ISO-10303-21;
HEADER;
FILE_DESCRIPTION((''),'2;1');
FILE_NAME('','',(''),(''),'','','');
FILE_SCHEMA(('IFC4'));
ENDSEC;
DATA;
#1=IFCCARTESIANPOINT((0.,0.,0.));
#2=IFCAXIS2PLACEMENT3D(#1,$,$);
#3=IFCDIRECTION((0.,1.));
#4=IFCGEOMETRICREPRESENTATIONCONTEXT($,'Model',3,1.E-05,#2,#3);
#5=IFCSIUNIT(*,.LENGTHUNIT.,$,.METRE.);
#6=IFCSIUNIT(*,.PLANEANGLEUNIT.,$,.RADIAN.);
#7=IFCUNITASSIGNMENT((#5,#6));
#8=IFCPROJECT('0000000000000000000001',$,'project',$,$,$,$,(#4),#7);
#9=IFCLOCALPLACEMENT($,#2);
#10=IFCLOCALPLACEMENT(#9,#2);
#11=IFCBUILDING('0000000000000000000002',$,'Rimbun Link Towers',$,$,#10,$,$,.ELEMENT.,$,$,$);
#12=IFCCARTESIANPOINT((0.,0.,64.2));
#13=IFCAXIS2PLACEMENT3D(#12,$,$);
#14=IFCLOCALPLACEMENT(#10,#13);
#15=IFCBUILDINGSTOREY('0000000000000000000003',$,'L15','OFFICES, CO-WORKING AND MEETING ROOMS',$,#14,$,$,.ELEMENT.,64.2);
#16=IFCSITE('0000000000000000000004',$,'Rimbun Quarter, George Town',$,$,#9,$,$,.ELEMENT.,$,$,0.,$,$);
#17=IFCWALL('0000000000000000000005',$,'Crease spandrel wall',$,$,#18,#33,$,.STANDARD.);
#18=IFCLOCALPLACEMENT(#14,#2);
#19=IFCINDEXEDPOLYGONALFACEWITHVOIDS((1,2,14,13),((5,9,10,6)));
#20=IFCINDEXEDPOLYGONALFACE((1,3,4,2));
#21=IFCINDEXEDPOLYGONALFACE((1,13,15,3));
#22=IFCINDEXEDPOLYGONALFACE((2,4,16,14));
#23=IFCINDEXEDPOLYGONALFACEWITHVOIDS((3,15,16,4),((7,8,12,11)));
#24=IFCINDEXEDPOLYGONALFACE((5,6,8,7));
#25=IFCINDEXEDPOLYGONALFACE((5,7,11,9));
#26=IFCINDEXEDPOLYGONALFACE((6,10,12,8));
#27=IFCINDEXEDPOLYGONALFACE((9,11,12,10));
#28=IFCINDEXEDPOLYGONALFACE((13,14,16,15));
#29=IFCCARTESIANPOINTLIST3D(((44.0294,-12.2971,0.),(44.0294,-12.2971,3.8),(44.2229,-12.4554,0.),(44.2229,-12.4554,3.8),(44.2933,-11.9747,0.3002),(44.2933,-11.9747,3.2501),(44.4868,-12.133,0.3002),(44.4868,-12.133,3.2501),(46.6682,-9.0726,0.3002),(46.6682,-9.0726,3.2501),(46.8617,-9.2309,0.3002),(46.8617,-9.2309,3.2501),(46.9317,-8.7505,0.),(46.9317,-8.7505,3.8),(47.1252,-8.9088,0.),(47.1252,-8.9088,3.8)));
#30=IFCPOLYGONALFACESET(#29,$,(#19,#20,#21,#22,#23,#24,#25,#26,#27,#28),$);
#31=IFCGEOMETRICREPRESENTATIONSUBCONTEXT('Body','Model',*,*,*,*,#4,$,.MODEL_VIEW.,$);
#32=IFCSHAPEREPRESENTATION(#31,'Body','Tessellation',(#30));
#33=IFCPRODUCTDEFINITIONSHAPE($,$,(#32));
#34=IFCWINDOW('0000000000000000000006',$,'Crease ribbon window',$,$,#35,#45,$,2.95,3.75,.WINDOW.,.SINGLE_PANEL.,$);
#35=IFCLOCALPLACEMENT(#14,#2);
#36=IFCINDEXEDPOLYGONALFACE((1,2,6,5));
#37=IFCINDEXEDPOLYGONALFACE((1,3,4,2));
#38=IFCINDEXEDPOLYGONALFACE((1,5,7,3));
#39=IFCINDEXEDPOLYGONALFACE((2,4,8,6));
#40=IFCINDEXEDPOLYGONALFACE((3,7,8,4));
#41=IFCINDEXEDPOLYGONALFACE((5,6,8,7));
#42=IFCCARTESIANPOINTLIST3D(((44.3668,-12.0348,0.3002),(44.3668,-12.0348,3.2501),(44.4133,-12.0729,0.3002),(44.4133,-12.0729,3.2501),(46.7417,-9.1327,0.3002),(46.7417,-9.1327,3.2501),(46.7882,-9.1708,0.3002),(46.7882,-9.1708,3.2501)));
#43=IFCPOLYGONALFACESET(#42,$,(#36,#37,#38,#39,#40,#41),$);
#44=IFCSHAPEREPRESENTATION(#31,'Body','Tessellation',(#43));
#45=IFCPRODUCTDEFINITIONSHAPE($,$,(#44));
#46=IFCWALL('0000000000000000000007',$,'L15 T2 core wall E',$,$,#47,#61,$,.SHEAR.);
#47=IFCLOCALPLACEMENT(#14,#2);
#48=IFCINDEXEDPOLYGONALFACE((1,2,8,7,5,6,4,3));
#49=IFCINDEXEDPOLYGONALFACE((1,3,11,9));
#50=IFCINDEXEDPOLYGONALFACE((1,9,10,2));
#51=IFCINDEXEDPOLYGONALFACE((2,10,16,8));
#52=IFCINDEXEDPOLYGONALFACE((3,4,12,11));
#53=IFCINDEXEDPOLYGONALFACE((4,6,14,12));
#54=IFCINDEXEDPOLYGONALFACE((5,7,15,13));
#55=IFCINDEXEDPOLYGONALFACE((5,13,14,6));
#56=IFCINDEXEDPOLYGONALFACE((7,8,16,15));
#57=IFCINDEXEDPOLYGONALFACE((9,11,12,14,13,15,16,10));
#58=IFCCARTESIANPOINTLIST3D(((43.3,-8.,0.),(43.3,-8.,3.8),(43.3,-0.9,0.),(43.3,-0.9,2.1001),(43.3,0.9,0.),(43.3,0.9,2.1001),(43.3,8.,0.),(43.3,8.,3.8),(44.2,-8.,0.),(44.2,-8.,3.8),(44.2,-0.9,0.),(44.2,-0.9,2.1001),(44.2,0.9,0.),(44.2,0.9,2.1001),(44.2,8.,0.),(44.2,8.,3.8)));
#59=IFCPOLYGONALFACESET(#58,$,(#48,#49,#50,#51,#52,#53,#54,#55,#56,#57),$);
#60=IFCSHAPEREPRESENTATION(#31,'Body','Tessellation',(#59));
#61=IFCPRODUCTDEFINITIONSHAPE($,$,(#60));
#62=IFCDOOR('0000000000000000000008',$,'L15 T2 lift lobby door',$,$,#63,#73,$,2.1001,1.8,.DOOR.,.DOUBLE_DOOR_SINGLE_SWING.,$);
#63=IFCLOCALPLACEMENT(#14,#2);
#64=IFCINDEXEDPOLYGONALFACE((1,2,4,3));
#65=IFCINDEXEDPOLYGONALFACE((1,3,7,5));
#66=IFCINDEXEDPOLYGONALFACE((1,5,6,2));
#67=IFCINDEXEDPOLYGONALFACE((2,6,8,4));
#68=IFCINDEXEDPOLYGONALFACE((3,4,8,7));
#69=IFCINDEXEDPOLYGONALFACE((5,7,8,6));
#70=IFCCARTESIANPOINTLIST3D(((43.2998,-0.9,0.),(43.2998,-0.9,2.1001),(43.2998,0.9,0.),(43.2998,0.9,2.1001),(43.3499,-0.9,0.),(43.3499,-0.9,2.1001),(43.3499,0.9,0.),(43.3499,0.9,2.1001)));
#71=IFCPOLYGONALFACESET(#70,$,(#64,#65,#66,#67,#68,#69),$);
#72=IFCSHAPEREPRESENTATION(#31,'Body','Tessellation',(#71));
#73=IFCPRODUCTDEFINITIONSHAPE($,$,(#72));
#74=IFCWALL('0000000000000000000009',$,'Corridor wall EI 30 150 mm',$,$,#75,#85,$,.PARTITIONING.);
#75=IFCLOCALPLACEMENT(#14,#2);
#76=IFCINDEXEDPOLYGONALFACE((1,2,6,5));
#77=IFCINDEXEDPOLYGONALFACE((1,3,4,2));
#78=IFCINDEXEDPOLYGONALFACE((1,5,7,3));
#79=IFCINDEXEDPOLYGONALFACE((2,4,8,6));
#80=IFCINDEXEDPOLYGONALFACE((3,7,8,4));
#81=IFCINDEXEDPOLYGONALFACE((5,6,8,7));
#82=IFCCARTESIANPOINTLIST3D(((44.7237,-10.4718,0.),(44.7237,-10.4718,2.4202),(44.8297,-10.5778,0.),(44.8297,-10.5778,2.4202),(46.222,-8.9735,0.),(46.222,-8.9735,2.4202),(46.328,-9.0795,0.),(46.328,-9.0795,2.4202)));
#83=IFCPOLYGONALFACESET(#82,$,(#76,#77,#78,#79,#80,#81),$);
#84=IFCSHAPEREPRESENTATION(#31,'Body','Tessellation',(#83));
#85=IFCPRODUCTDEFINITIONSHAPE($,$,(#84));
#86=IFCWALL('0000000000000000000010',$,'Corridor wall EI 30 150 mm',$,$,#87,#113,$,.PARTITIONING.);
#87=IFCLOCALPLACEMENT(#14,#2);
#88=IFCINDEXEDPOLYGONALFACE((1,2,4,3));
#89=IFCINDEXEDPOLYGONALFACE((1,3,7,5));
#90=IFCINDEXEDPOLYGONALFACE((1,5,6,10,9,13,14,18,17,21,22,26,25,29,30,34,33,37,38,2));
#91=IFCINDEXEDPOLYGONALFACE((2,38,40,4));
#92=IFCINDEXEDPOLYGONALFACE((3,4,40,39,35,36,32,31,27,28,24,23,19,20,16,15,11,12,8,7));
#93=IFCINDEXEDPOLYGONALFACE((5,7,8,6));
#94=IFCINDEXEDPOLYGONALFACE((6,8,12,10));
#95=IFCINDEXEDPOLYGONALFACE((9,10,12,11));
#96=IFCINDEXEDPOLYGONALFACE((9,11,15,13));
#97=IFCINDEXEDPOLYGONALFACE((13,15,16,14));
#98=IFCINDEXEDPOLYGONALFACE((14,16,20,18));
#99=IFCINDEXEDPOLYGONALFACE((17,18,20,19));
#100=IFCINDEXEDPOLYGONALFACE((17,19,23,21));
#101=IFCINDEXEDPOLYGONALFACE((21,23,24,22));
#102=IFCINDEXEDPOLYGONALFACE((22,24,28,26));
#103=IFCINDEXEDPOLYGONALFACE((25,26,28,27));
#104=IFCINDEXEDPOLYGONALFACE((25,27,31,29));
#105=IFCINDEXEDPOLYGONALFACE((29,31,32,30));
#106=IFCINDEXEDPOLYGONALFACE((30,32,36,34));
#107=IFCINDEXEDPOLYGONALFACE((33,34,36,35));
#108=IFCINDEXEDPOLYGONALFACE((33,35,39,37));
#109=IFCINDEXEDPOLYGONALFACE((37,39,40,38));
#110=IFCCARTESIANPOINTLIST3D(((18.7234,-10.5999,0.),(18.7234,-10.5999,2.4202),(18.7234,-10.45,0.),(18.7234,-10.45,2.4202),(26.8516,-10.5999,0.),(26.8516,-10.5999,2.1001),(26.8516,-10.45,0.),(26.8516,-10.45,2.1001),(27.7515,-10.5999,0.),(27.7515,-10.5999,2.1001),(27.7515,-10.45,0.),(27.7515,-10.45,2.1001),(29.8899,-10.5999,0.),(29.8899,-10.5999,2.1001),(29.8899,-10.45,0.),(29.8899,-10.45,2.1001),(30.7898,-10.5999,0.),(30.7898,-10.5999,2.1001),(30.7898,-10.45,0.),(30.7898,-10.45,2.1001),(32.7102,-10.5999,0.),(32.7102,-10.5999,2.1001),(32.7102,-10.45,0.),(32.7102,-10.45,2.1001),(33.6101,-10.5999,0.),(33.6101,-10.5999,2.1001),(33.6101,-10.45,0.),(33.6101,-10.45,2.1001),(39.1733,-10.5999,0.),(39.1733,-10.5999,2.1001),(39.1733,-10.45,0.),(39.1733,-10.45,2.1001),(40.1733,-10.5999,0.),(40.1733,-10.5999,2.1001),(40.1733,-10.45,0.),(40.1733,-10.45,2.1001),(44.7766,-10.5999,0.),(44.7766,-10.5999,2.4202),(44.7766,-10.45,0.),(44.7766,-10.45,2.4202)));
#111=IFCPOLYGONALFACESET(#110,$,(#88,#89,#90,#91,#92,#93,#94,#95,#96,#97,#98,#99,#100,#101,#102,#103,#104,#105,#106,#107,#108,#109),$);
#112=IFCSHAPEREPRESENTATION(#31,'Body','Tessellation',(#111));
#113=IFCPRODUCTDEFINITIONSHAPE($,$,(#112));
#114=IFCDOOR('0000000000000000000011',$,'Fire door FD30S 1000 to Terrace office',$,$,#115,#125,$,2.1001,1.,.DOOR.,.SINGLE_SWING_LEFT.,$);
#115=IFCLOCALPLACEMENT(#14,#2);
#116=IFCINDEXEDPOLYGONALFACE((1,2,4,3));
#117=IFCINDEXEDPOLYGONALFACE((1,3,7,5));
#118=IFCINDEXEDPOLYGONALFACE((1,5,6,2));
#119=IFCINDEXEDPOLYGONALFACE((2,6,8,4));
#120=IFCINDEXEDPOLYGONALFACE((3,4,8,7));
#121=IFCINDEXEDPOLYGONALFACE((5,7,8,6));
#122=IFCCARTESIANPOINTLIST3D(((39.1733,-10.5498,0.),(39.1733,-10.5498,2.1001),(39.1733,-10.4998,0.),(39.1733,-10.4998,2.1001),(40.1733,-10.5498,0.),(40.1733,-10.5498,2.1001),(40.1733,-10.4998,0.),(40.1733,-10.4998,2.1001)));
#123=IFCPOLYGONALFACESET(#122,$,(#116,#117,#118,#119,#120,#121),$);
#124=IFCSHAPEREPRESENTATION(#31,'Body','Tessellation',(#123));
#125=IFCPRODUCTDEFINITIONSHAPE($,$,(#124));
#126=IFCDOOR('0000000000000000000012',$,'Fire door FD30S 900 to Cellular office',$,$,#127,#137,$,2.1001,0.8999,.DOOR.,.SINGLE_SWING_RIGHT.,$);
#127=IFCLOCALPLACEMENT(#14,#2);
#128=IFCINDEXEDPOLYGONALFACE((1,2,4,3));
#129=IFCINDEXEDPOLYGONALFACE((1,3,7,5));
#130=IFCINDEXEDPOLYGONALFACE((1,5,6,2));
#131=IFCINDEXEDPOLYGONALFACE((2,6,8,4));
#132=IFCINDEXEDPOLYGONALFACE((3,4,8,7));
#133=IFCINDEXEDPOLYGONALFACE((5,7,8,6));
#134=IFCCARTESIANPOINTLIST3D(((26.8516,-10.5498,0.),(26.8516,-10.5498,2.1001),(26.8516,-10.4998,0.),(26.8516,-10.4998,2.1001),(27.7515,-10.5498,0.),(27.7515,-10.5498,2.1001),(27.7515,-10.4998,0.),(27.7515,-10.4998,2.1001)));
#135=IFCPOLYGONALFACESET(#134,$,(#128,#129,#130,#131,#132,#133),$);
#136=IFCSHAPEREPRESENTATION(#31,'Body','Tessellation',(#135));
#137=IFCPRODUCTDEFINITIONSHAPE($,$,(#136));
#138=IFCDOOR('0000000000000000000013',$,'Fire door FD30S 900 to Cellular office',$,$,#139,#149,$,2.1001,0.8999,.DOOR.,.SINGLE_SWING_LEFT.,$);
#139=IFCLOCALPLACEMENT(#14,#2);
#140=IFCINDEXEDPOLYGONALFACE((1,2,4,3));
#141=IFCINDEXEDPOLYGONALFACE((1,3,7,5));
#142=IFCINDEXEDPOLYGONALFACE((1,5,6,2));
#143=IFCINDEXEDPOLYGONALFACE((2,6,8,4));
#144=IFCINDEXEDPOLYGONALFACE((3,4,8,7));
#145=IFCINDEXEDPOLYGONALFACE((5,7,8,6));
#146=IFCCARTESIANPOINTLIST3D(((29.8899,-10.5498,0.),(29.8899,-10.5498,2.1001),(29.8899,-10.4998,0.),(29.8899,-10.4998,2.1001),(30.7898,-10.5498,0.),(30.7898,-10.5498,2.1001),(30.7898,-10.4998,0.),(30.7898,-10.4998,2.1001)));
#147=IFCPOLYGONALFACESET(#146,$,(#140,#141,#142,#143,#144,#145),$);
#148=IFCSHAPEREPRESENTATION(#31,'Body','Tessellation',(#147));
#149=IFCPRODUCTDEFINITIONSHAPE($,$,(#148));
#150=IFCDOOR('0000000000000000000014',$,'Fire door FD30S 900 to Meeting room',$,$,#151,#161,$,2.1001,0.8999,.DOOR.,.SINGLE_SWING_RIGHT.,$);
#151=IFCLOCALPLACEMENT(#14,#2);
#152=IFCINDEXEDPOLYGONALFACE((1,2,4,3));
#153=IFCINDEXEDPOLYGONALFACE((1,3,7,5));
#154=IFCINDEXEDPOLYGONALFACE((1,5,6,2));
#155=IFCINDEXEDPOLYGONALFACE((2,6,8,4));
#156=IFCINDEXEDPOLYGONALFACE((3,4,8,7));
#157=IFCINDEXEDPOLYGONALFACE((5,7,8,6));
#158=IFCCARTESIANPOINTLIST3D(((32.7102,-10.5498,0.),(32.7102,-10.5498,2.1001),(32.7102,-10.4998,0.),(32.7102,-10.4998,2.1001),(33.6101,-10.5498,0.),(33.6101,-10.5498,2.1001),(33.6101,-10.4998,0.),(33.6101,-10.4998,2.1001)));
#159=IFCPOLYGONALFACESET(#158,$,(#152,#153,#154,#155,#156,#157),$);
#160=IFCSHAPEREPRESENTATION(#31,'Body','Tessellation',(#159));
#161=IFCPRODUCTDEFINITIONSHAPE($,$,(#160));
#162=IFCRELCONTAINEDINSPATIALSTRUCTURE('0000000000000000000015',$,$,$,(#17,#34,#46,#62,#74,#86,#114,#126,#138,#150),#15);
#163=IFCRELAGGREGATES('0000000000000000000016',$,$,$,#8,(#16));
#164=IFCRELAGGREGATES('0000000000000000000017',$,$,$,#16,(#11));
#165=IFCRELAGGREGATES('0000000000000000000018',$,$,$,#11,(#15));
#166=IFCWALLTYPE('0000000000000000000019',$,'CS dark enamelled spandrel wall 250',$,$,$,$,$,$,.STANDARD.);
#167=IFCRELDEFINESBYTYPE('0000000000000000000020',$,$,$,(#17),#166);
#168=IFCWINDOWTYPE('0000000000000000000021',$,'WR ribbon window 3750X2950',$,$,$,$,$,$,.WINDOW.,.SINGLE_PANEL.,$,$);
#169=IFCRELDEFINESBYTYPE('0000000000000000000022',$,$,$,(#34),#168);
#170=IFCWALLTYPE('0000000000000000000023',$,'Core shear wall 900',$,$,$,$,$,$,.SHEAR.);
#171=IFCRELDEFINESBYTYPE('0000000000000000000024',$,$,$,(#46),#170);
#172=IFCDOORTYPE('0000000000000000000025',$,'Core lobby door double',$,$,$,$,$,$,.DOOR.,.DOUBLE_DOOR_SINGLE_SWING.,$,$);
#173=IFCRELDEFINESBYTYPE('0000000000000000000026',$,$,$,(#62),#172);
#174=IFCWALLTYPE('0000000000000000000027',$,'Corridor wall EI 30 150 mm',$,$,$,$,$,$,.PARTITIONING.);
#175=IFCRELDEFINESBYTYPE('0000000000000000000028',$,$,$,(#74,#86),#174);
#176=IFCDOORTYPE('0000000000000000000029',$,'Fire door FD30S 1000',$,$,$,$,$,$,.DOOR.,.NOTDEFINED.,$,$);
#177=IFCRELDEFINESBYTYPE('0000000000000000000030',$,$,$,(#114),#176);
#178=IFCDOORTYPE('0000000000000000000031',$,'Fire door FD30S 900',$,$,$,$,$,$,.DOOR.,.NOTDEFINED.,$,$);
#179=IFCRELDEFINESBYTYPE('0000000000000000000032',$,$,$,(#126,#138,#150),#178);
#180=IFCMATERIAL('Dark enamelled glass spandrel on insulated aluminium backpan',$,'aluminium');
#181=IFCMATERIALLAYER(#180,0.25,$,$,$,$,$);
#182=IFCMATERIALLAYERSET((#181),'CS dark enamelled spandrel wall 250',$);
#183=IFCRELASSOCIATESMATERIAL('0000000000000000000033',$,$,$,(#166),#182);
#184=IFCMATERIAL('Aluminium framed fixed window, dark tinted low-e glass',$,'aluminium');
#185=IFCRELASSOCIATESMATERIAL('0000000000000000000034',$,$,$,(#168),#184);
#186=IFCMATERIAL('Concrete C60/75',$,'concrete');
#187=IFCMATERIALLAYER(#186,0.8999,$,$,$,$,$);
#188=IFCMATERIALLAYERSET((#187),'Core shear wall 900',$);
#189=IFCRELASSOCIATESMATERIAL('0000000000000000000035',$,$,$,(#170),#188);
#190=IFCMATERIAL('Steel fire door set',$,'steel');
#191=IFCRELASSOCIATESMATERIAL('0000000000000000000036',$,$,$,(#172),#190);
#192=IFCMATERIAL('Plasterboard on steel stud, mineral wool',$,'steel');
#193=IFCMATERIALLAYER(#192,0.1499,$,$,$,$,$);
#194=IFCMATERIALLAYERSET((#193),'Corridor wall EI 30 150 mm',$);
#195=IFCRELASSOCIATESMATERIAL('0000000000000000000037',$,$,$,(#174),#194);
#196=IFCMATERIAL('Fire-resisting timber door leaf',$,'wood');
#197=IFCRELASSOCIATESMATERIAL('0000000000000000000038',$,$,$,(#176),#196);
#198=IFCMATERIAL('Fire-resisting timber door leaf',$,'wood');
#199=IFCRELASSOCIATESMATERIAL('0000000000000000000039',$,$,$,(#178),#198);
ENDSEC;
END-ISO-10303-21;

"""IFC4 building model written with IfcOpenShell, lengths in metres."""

from ifc_helpers import new_model, si_unit, direction, frame, frame_2d, origin, place, context, subcontext, project, spatial, rectangle, extrude, material, layer, layer_set, type_object, element, fill, save


model = new_model("IFC4")

# Units and contexts
model_context = context("Model", 3, precision=1e-05, world=origin(), true_north=direction((0.0, 1.0)))
body_context = subcontext(model_context, "Body", "Model", "MODEL_VIEW")
ifc_project = project(units=[si_unit("LENGTHUNIT", "METRE"), si_unit("PLANEANGLEUNIT", "RADIAN")], contexts=[model_context])

# Site, building, storey
site_placement = place(None, origin())
site = spatial("IfcSite", under=ifc_project, at=site_placement, Name="Rimbun Quarter, George Town", CompositionType="ELEMENT", RefElevation=0.0)
building_placement = place(site_placement, origin())
building = spatial("IfcBuilding", under=site, at=building_placement, Name="Rimbun Link Towers", CompositionType="ELEMENT")
storey_placement = place(building_placement, frame((0.0, 0.0, 64.2)))
storey = spatial("IfcBuildingStorey", under=building, at=storey_placement, Name="L15", Description="OFFICES, CO-WORKING AND MEETING ROOMS", CompositionType="ELEMENT", Elevation=64.2)

# Shared definitions
ifc_material_1 = material(Name="Dark enamelled glass spandrel on insulated aluminium backpan", Category="aluminium")
ifc_layer_1 = layer(ifc_material_1, 0.25)
ifc_layer_set_1 = layer_set([ifc_layer_1], Name="CS dark enamelled spandrel wall 250")
wall_type_1 = type_object("IfcWallType", Name="CS dark enamelled spandrel wall 250", PredefinedType="STANDARD", material=ifc_layer_set_1)

# Wall, opening, window
ifc_material_2 = material(Name="Aluminium framed fixed window, dark tinted low-e glass", Category="aluminium")
window_type_1 = type_object("IfcWindowType", Name="WR ribbon window 3750X2950", PartitioningType="SINGLE_PANEL", PredefinedType="WINDOW", material=ifc_material_2)
wall_1_placement = place(storey_placement, frame((47.0286, -8.8296, 0.0), z_axis=(0.0, 0.0, 1.0), x_axis=(-0.63331, -0.773898, 0.0)))
wall_1 = element("IfcWall", 1, at=wall_1_placement, inside=storey, type_object=wall_type_1, Name="Crease spandrel wall", PredefinedType="STANDARD", context=body_context, shape_type="SweptSolid", body=[
    extrude(rectangle(XDim=4.5828, YDim=0.25, at=frame_2d((2.2915, 0.0))), origin(), (0.0, 0.0, 1.0), 3.8),
])
opening_1_placement = place(wall_1_placement, frame((0.4163, 0.0, 0.3)))
opening_1 = element("IfcOpeningElement", 2, at=opening_1_placement, cuts=wall_1, PredefinedType="OPENING", context=body_context, shape_type="SweptSolid", body=[
    extrude(rectangle(XDim=3.75, YDim=2.95, at=frame_2d((1.875, 1.4751))), frame((0.0, 0.135, 0.0), z_axis=(0.0, -1.0, 0.0), x_axis=(1.0, 0.0, 0.0)), (0.0, 0.0, 1.0), 0.27),
])
window_1_placement = place(opening_1_placement, origin())
window_1 = element("IfcWindow", 3, at=window_1_placement, inside=storey, type_object=window_type_1, Name="Crease ribbon window", OverallHeight=2.95, OverallWidth=3.75, PartitioningType="SINGLE_PANEL", PredefinedType="WINDOW", context=body_context, shape_type="SweptSolid", body=[
    extrude(rectangle(XDim=3.75, YDim=2.95, at=frame_2d((1.875, 1.4751))), frame((0.0, 0.03, 0.0), z_axis=(0.0, -1.0, 0.0), x_axis=(1.0, 0.0, 0.0)), (0.0, 0.0, 1.0), 0.0601),
])
fill(opening_1, window_1)

# Wall, opening, door
ifc_material_3 = material(Name="Concrete C60/75", Category="concrete")
ifc_layer_2 = layer(ifc_material_3, 0.8999)
ifc_layer_set_2 = layer_set([ifc_layer_2], Name="Core shear wall 900")
wall_type_2 = type_object("IfcWallType", Name="Core shear wall 900", PredefinedType="SHEAR", material=ifc_layer_set_2)
wall_2_placement = place(storey_placement, frame((43.75, -8.0, 0.0), z_axis=(0.0, 0.0, 1.0), x_axis=(0.0, 1.0, 0.0)))
wall_2 = element("IfcWall", 4, at=wall_2_placement, inside=storey, type_object=wall_type_2, Name="L15 T2 core wall E", PredefinedType="SHEAR", context=body_context, shape_type="SweptSolid", body=[
    extrude(rectangle(XDim=16.0, YDim=0.8999, at=frame_2d((8.0, 0.0))), origin(), (0.0, 0.0, 1.0), 3.8),
])
opening_2_placement = place(wall_2_placement, frame((7.1001, 0.0, 0.0)))
opening_2 = element("IfcOpeningElement", 5, at=opening_2_placement, cuts=wall_2, PredefinedType="OPENING", context=body_context, shape_type="SweptSolid", body=[
    extrude(rectangle(XDim=1.8, YDim=2.1001, at=frame_2d((0.8999, 1.05))), frame((0.0, 0.46, 0.0), z_axis=(0.0, -1.0, 0.0), x_axis=(1.0, 0.0, 0.0)), (0.0, 0.0, 1.0), 0.9199),
])
ifc_material_4 = material(Name="Steel fire door set", Category="steel")
door_type_1 = type_object("IfcDoorType", Name="Core lobby door double", OperationType="DOUBLE_DOOR_SINGLE_SWING", PredefinedType="DOOR", material=ifc_material_4)
door_1_placement = place(opening_2_placement, origin())
door_1 = element("IfcDoor", 6, at=door_1_placement, inside=storey, type_object=door_type_1, Name="L15 T2 lift lobby door", OperationType="DOUBLE_DOOR_SINGLE_SWING", OverallHeight=2.1001, OverallWidth=1.8, PredefinedType="DOOR", context=body_context, shape_type="SweptSolid", body=[
    extrude(rectangle(XDim=1.8, YDim=2.1001, at=frame_2d((0.8999, 1.05))), frame((0.0, 0.4502, 0.0), z_axis=(0.0, -1.0, 0.0), x_axis=(1.0, 0.0, 0.0)), (0.0, 0.0, 1.0), 0.05),
])
fill(opening_2, door_1)

# Wall
ifc_material_5 = material(Name="Plasterboard on steel stud, mineral wool", Category="steel")
ifc_layer_3 = layer(ifc_material_5, 0.1499)
ifc_layer_set_3 = layer_set([ifc_layer_3], Name="Corridor wall EI 30 150 mm")
wall_type_3 = type_object("IfcWallType", Name="Corridor wall EI 30 150 mm", PredefinedType="PARTITIONING", material=ifc_layer_set_3)
wall_3_placement = place(storey_placement, frame((44.7766, -10.5249, 0.0), z_axis=(0.0, 0.0, 1.0), x_axis=(0.707107, 0.707107, 0.0)))
element("IfcWall", 7, at=wall_3_placement, inside=storey, type_object=wall_type_3, Name="Corridor wall EI 30 150 mm", PredefinedType="PARTITIONING", context=body_context, shape_type="SweptSolid", body=[
    extrude(rectangle(XDim=2.1189, YDim=0.1499, at=frame_2d((1.0596, 0.0))), origin(), (0.0, 0.0, 1.0), 2.4202),
])

# Wall, openings, doors
wall_4_placement = place(storey_placement, frame((44.7766, -10.5249, 0.0), z_axis=(0.0, 0.0, 1.0), x_axis=(-1.0, 0.0, 0.0)))
wall_4 = element("IfcWall", 8, at=wall_4_placement, inside=storey, type_object=wall_type_3, Name="Corridor wall EI 30 150 mm", PredefinedType="PARTITIONING", context=body_context, shape_type="SweptSolid", body=[
    extrude(rectangle(XDim=26.0532, YDim=0.1499, at=frame_2d((13.0266, 0.0))), origin(), (0.0, 0.0, 1.0), 2.4202),
])
opening_3_placement = place(wall_4_placement, frame((17.0251, 0.0, 0.0)))
opening_3 = element("IfcOpeningElement", 9, at=opening_3_placement, cuts=wall_4, PredefinedType="OPENING", context=body_context, shape_type="SweptSolid", body=[
    extrude(rectangle(XDim=0.8999, YDim=2.1001, at=frame_2d((0.45, 1.05))), frame((0.0, 0.085, 0.0), z_axis=(0.0, -1.0, 0.0), x_axis=(1.0, 0.0, 0.0)), (0.0, 0.0, 1.0), 0.1699),
])
opening_4_placement = place(wall_4_placement, frame((13.9868, 0.0, 0.0)))
opening_4 = element("IfcOpeningElement", 10, at=opening_4_placement, cuts=wall_4, PredefinedType="OPENING", context=body_context, shape_type="SweptSolid", body=[
    extrude(rectangle(XDim=0.8999, YDim=2.1001, at=frame_2d((0.45, 1.05))), frame((0.0, 0.085, 0.0), z_axis=(0.0, -1.0, 0.0), x_axis=(1.0, 0.0, 0.0)), (0.0, 0.0, 1.0), 0.1699),
])
opening_5_placement = place(wall_4_placement, frame((11.1665, 0.0, 0.0)))
opening_5 = element("IfcOpeningElement", 11, at=opening_5_placement, cuts=wall_4, PredefinedType="OPENING", context=body_context, shape_type="SweptSolid", body=[
    extrude(rectangle(XDim=0.8999, YDim=2.1001, at=frame_2d((0.45, 1.05))), frame((0.0, 0.085, 0.0), z_axis=(0.0, -1.0, 0.0), x_axis=(1.0, 0.0, 0.0)), (0.0, 0.0, 1.0), 0.1699),
])
opening_6_placement = place(wall_4_placement, frame((4.6033, 0.0, 0.0)))
opening_6 = element("IfcOpeningElement", 12, at=opening_6_placement, cuts=wall_4, PredefinedType="OPENING", context=body_context, shape_type="SweptSolid", body=[
    extrude(rectangle(XDim=1.0, YDim=2.1001, at=frame_2d((0.5, 1.05))), frame((0.0, 0.085, 0.0), z_axis=(0.0, -1.0, 0.0), x_axis=(1.0, 0.0, 0.0)), (0.0, 0.0, 1.0), 0.1699),
])
ifc_material_6 = material(Name="Fire-resisting timber door leaf", Category="wood")
door_type_2 = type_object("IfcDoorType", Name="Fire door FD30S 1000", OperationType="NOTDEFINED", PredefinedType="DOOR", material=ifc_material_6)
door_2_placement = place(opening_6_placement, origin())
door_2 = element("IfcDoor", 13, at=door_2_placement, inside=storey, type_object=door_type_2, Name="Fire door FD30S 1000 to Terrace office", OperationType="SINGLE_SWING_LEFT", OverallHeight=2.1001, OverallWidth=1.0, PredefinedType="DOOR", context=body_context, shape_type="SweptSolid", body=[
    extrude(rectangle(XDim=1.0, YDim=2.1001, at=frame_2d((0.5, 1.05))), frame((0.0, 0.0249, 0.0), z_axis=(0.0, -1.0, 0.0), x_axis=(1.0, 0.0, 0.0)), (0.0, 0.0, 1.0), 0.05),
])
fill(opening_6, door_2)
ifc_material_7 = material(Name="Fire-resisting timber door leaf", Category="wood")
door_type_3 = type_object("IfcDoorType", Name="Fire door FD30S 900", OperationType="NOTDEFINED", PredefinedType="DOOR", material=ifc_material_7)
door_3_placement = place(opening_3_placement, origin())
door_3 = element("IfcDoor", 14, at=door_3_placement, inside=storey, type_object=door_type_3, Name="Fire door FD30S 900 to Cellular office", OperationType="SINGLE_SWING_RIGHT", OverallHeight=2.1001, OverallWidth=0.8999, PredefinedType="DOOR", context=body_context, shape_type="SweptSolid", body=[
    extrude(rectangle(XDim=0.8999, YDim=2.1001, at=frame_2d((0.45, 1.05))), frame((0.0, 0.0249, 0.0), z_axis=(0.0, -1.0, 0.0), x_axis=(1.0, 0.0, 0.0)), (0.0, 0.0, 1.0), 0.05),
])
fill(opening_3, door_3)
door_4_placement = place(opening_4_placement, origin())
door_4 = element("IfcDoor", 15, at=door_4_placement, inside=storey, type_object=door_type_3, Name="Fire door FD30S 900 to Cellular office", OperationType="SINGLE_SWING_LEFT", OverallHeight=2.1001, OverallWidth=0.8999, PredefinedType="DOOR", context=body_context, shape_type="SweptSolid", body=[
    extrude(rectangle(XDim=0.8999, YDim=2.1001, at=frame_2d((0.45, 1.05))), frame((0.0, 0.0249, 0.0), z_axis=(0.0, -1.0, 0.0), x_axis=(1.0, 0.0, 0.0)), (0.0, 0.0, 1.0), 0.05),
])
fill(opening_4, door_4)
door_5_placement = place(opening_5_placement, origin())
door_5 = element("IfcDoor", 16, at=door_5_placement, inside=storey, type_object=door_type_3, Name="Fire door FD30S 900 to Meeting room", OperationType="SINGLE_SWING_RIGHT", OverallHeight=2.1001, OverallWidth=0.8999, PredefinedType="DOOR", context=body_context, shape_type="SweptSolid", body=[
    extrude(rectangle(XDim=0.8999, YDim=2.1001, at=frame_2d((0.45, 1.05))), frame((0.0, 0.0249, 0.0), z_axis=(0.0, -1.0, 0.0), x_axis=(1.0, 0.0, 0.0)), (0.0, 0.0, 1.0), 0.05),
])
fill(opening_5, door_5)

save(model, "model.ifc")
